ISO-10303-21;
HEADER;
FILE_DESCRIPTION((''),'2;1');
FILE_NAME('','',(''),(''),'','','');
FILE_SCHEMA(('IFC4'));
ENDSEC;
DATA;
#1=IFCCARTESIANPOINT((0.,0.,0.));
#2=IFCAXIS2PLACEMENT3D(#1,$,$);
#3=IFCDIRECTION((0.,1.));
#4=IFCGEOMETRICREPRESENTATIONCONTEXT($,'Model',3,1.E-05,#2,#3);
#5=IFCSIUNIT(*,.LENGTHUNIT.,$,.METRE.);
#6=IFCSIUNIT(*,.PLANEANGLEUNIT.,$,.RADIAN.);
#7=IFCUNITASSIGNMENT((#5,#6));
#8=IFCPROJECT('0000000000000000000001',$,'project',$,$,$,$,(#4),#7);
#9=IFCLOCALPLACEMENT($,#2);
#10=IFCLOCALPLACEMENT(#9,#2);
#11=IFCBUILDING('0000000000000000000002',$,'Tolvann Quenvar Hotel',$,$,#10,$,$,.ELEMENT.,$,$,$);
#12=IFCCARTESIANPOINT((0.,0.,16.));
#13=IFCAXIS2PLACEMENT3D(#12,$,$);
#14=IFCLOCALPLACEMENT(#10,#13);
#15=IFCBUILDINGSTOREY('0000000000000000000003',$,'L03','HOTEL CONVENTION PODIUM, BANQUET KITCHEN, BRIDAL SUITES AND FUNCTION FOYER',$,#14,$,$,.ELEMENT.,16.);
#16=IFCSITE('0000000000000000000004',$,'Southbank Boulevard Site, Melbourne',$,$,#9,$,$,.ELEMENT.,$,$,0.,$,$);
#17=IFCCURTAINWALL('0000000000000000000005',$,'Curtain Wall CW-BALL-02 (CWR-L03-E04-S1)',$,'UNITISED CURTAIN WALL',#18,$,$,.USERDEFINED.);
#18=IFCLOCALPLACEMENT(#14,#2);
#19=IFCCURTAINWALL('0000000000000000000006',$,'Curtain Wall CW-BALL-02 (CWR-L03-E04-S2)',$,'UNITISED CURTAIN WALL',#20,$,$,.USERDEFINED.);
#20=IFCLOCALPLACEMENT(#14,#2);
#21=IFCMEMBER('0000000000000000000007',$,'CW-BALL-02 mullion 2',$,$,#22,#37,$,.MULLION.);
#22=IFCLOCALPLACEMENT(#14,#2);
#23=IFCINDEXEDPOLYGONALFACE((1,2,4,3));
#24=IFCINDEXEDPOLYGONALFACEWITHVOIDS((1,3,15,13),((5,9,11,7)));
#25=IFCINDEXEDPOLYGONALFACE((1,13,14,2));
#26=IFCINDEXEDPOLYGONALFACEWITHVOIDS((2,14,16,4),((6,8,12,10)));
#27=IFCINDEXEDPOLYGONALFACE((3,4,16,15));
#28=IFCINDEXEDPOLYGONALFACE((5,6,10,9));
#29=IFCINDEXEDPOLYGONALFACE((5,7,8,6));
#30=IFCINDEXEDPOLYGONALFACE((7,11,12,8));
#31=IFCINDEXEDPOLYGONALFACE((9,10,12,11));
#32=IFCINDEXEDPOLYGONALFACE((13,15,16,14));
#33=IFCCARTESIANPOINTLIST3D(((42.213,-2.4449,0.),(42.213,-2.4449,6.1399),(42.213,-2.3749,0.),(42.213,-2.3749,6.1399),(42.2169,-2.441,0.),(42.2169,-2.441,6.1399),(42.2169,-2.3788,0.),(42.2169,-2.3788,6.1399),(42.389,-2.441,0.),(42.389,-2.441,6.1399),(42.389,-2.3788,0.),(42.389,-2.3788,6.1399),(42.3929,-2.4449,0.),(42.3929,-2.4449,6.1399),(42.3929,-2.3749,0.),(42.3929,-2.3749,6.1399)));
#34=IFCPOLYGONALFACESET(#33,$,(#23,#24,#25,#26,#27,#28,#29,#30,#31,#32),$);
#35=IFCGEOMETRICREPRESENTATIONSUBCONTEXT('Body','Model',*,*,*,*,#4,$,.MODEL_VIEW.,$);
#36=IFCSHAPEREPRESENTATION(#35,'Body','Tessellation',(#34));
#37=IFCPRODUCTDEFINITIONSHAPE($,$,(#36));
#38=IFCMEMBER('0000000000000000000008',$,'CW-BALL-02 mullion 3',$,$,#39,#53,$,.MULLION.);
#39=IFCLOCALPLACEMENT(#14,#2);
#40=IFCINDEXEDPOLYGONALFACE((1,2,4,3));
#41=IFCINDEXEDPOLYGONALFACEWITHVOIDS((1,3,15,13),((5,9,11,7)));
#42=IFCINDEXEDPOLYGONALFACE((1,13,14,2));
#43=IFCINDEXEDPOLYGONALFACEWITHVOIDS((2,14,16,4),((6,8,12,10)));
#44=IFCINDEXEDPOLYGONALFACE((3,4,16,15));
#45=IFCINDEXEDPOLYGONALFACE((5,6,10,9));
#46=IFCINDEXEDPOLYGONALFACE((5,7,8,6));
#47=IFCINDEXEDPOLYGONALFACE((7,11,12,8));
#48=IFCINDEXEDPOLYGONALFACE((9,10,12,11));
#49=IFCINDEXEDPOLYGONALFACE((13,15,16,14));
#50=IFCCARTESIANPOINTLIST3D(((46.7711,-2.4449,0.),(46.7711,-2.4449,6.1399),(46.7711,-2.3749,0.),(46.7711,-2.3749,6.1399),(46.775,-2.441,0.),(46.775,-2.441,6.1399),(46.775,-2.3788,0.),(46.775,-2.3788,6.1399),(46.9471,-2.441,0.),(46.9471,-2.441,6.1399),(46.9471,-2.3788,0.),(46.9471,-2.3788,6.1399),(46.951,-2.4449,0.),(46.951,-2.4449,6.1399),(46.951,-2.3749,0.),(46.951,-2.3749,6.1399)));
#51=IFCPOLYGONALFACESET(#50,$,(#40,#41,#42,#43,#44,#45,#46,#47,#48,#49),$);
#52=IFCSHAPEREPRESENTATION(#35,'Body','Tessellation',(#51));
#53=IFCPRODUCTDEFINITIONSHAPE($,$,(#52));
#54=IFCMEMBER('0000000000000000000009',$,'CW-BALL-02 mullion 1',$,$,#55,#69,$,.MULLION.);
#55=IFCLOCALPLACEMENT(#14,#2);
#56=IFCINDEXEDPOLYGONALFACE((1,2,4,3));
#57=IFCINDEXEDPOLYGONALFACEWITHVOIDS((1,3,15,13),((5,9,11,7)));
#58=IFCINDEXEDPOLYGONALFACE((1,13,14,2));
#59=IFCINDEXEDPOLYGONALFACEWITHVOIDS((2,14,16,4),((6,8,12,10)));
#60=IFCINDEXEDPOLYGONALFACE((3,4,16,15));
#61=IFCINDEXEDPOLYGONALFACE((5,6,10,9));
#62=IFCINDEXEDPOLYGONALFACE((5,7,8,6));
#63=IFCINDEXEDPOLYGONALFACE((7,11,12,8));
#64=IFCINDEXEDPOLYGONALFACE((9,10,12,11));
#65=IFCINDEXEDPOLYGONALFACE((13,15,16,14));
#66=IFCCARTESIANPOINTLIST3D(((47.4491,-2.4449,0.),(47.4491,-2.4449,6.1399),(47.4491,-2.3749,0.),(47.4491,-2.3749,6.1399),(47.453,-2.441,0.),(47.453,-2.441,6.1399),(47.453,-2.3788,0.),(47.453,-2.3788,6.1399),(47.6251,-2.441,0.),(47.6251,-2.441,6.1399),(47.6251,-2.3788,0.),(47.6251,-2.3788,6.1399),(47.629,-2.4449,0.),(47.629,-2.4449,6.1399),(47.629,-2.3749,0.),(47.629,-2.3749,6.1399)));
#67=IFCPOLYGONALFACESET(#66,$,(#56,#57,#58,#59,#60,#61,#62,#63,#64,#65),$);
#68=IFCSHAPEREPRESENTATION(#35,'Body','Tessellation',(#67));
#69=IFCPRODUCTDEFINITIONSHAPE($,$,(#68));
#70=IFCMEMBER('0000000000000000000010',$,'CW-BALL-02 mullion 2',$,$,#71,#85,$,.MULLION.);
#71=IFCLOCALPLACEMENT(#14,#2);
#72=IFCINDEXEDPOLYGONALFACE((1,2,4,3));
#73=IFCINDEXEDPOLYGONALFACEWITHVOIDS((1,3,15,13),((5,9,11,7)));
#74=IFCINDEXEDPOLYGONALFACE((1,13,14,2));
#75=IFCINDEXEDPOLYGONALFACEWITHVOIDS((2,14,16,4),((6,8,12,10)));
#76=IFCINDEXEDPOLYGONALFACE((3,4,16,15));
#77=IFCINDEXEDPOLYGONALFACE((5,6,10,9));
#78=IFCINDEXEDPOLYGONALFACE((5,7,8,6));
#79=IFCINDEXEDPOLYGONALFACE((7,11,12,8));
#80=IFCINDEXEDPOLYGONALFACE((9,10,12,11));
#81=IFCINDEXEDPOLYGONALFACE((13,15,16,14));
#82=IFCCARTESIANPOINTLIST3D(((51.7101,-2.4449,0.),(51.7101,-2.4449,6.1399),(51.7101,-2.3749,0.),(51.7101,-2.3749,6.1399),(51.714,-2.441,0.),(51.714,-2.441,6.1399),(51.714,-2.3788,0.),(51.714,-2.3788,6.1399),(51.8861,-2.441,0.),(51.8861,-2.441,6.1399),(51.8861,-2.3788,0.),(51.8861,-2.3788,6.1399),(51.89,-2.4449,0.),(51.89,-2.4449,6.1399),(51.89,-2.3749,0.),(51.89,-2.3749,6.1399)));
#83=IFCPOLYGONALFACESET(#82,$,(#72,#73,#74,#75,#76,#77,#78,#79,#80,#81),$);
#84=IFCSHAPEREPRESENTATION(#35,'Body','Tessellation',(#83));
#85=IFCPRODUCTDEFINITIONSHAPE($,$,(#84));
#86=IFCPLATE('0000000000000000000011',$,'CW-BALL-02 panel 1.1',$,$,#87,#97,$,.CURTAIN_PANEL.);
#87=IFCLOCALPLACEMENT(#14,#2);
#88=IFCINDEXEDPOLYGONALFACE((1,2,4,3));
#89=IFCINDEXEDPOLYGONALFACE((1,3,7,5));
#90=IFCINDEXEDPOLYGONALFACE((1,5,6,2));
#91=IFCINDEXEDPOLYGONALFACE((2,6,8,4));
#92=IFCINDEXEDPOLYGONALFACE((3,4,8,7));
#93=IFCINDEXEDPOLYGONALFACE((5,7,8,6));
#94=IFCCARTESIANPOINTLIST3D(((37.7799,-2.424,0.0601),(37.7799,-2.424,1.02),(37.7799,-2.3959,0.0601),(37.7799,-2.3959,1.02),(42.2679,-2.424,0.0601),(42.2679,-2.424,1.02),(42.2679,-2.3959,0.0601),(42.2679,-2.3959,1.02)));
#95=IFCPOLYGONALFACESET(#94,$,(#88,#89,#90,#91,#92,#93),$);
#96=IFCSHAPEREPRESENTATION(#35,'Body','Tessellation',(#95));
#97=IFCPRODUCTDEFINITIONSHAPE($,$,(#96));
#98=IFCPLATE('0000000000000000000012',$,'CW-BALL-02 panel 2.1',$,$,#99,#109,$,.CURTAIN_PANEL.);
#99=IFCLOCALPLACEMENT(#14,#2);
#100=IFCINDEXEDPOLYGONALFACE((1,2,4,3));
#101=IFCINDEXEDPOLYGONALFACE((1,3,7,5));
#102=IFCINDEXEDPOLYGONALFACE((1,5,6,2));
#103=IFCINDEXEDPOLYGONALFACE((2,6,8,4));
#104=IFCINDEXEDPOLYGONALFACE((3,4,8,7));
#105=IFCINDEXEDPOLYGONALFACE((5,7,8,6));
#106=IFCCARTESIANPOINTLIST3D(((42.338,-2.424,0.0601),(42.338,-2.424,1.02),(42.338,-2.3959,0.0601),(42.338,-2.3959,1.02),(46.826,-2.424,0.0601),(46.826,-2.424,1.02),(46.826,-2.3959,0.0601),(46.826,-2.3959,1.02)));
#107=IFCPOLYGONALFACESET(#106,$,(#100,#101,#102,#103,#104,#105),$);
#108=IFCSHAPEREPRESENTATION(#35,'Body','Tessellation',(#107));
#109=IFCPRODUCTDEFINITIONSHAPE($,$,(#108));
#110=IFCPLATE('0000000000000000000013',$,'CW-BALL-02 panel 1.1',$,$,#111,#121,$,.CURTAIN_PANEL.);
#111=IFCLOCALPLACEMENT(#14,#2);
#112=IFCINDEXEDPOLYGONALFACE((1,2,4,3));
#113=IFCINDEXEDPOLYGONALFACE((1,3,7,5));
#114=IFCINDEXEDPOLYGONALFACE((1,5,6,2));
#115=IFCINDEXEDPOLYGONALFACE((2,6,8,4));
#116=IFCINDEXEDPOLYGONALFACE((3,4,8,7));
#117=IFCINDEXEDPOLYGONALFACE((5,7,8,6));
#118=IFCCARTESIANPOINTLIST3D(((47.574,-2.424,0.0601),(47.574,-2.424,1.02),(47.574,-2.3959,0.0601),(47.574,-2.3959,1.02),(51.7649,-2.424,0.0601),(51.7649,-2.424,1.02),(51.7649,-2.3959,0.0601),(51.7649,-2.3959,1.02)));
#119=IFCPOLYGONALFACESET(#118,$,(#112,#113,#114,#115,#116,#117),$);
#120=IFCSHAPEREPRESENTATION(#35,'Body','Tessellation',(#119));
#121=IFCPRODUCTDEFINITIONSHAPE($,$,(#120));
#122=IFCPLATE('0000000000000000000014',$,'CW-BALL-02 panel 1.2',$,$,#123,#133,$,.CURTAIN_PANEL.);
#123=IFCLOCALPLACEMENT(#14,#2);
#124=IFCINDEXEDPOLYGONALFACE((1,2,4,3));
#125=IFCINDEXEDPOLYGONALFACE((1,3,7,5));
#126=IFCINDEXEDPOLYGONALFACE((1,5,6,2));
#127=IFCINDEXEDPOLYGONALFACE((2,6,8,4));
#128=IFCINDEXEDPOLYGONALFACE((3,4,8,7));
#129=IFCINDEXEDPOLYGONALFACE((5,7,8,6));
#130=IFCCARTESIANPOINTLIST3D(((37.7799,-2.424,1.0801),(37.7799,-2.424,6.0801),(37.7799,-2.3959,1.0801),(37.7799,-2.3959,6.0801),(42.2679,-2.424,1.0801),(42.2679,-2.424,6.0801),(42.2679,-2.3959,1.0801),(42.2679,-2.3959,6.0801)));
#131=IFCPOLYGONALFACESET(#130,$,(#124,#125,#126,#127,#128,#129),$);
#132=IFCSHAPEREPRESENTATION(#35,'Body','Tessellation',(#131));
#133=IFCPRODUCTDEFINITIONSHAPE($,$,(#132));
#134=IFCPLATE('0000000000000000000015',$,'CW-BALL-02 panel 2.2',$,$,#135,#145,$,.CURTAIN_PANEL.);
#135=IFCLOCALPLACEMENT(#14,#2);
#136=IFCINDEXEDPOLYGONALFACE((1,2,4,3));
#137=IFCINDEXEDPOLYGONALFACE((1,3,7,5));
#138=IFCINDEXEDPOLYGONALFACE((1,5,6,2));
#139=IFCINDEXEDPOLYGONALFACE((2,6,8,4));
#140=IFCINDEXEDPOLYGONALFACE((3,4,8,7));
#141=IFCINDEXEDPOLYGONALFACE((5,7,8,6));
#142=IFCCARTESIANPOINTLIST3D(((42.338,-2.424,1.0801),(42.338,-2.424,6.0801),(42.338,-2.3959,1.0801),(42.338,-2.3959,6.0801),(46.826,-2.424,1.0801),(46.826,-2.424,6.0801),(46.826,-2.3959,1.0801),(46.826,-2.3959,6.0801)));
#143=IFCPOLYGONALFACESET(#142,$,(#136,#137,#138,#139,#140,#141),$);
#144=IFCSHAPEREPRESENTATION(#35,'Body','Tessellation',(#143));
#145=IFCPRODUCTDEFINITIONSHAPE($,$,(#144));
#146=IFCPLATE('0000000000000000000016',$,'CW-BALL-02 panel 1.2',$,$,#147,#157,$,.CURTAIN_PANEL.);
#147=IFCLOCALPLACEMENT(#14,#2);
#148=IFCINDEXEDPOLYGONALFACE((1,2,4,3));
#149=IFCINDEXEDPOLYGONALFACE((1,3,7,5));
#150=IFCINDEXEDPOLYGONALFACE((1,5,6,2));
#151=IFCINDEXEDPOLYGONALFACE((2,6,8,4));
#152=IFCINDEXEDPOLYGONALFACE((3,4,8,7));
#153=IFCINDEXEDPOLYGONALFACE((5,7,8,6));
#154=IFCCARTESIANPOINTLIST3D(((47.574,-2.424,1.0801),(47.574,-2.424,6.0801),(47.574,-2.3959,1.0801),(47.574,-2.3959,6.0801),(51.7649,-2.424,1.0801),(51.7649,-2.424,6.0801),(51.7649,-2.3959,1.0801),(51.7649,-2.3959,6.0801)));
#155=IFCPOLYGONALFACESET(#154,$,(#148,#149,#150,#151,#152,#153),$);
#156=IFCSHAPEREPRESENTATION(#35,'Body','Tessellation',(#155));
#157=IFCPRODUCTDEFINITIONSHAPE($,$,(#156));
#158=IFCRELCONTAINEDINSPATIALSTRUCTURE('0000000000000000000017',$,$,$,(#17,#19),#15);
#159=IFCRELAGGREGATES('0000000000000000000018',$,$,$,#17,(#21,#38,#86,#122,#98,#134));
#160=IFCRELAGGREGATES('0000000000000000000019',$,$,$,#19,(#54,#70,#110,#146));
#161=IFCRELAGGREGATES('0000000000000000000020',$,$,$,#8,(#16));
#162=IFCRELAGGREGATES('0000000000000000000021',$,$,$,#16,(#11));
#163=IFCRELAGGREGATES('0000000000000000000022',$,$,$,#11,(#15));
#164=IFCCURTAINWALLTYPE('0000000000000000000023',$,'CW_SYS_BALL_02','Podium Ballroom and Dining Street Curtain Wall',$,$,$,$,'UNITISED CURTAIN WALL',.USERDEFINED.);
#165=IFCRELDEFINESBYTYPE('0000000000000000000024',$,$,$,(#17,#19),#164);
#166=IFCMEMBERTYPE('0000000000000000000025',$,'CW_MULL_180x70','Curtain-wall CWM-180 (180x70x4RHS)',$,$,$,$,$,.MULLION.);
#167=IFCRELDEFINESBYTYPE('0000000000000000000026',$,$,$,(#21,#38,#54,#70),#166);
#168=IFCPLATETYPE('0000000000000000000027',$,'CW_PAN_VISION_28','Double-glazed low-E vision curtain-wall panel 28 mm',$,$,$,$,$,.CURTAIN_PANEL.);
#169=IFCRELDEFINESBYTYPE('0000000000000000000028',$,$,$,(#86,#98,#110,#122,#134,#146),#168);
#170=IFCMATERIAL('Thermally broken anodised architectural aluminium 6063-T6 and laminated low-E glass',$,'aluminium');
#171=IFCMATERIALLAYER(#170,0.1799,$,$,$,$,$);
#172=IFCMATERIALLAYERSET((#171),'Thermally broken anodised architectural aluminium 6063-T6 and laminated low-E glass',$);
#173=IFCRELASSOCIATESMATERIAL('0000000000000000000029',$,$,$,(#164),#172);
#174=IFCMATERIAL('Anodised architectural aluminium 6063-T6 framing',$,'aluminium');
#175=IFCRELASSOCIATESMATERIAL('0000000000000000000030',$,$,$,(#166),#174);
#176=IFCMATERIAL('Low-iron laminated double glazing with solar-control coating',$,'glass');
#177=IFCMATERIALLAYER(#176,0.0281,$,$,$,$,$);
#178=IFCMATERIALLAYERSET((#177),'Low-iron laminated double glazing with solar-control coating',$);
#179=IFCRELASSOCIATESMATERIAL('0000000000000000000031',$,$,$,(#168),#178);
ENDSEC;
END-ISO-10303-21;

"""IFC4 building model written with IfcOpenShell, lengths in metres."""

from ifc_helpers import new_model, si_unit, direction, frame, origin, origin_2d, place, context, subcontext, project, spatial, rectangle, hollow_rectangle, extrude, source, transform, mapped, material, layer, layer_set, material_profile, profile_set, type_object, type_shapes, element, aggregate, save


model = new_model("IFC4")

# Units and contexts
model_context = context("Model", 3, precision=1e-05, world=origin(), true_north=direction((0.0, 1.0)))
body_context = subcontext(model_context, "Body", "Model", "MODEL_VIEW")
ifc_project = project(units=[si_unit("LENGTHUNIT", "METRE"), si_unit("PLANEANGLEUNIT", "RADIAN")], contexts=[model_context])

# Site, building, storey
site_placement = place(None, origin())
site = spatial("IfcSite", under=ifc_project, at=site_placement, Name="Southbank Boulevard Site, Melbourne", CompositionType="ELEMENT", RefElevation=0.0)
building_placement = place(site_placement, origin())
building = spatial("IfcBuilding", under=site, at=building_placement, Name="Tolvann Quenvar Hotel", CompositionType="ELEMENT")
storey_placement = place(building_placement, frame((0.0, 0.0, 16.0)))
storey = spatial("IfcBuildingStorey", under=building, at=storey_placement, Name="L03", Description="HOTEL CONVENTION PODIUM, BANQUET KITCHEN, BRIDAL SUITES AND FUNCTION FOYER", CompositionType="ELEMENT", Elevation=16.0)

# Curtain walls
ifc_material_1 = material(Name="Thermally broken anodised architectural aluminium 6063-T6 and laminated low-E glass", Category="aluminium")
ifc_layer_1 = layer(ifc_material_1, 0.1799)
ifc_layer_set_1 = layer_set([ifc_layer_1], Name="Thermally broken anodised architectural aluminium 6063-T6 and laminated low-E glass")
curtain_wall_type = type_object("IfcCurtainWallType", Name="CW_SYS_BALL_02", Description="Podium Ballroom and Dining Street Curtain Wall", ElementType="UNITISED CURTAIN WALL", PredefinedType="USERDEFINED", material=ifc_layer_set_1)
curtain_wall_1_placement = place(storey_placement, origin())
curtain_wall_1 = element("IfcCurtainWall", 1, at=curtain_wall_1_placement, inside=storey, type_object=curtain_wall_type, Name="Curtain Wall CW-BALL-02 (CWR-L03-E04-S1)", ObjectType="UNITISED CURTAIN WALL", PredefinedType="USERDEFINED")
ifc_material_2 = material(Name="Anodised architectural aluminium 6063-T6 framing", Category="aluminium")
curtain_wall_2_placement = place(storey_placement, origin())
curtain_wall_2 = element("IfcCurtainWall", 2, at=curtain_wall_2_placement, inside=storey, type_object=curtain_wall_type, Name="Curtain Wall CW-BALL-02 (CWR-L03-E04-S2)", ObjectType="UNITISED CURTAIN WALL", PredefinedType="USERDEFINED")

# Members
ifc_material_profile_1 = material_profile(ifc_material_2, hollow_rectangle(XDim=0.0701, YDim=0.1799, WallThickness=0.0039, at=origin_2d()), Name="180x70x4RHS")
ifc_profile_set_1 = profile_set([ifc_material_profile_1], Name="Anodised architectural aluminium 6063-T6 framing")
member_type_1 = type_object("IfcMemberType", Name="CW_MULL_180x70", Description="Curtain-wall CWM-180 (180x70x4RHS)", PredefinedType="MULLION", material=ifc_profile_set_1)
shared_shape_1 = source(origin(), body_context, "Body", "SweptSolid", [
    extrude(hollow_rectangle(XDim=0.0701, YDim=0.1799, WallThickness=0.0039, at=origin_2d()), origin(), (0.0, 0.0, 1.0), 6.1399),
])
type_shapes(member_type_1, [shared_shape_1])
member_1_placement = place(storey_placement, frame((42.303, -2.4099, 0.0), z_axis=(0.0, 0.0, 1.0), x_axis=(0.0, 1.0, 0.0)))
member_1 = element("IfcMember", 3, at=member_1_placement, type_object=member_type_1, Name="CW-BALL-02 mullion 2", PredefinedType="MULLION", context=body_context, shape_type="MappedRepresentation", body=[
    mapped(shared_shape_1, transform((0.0, 0.0, 0.0), x_axis=(1.0, 0.0, 0.0), y_axis=(0.0, 1.0, 0.0), z_axis=(0.0, 0.0, 1.0), scale=1.0)),
])
member_2_placement = place(storey_placement, frame((46.8611, -2.4099, 0.0), z_axis=(0.0, 0.0, 1.0), x_axis=(0.0, 1.0, 0.0)))
member_2 = element("IfcMember", 4, at=member_2_placement, type_object=member_type_1, Name="CW-BALL-02 mullion 3", PredefinedType="MULLION", context=body_context, shape_type="MappedRepresentation", body=[
    mapped(shared_shape_1, transform((0.0, 0.0, 0.0), x_axis=(1.0, 0.0, 0.0), y_axis=(0.0, 1.0, 0.0), z_axis=(0.0, 0.0, 1.0), scale=1.0)),
])
member_3_placement = place(storey_placement, frame((47.5391, -2.4099, 0.0), z_axis=(0.0, 0.0, 1.0), x_axis=(0.0, 1.0, 0.0)))
member_3 = element("IfcMember", 5, at=member_3_placement, type_object=member_type_1, Name="CW-BALL-02 mullion 1", PredefinedType="MULLION", context=body_context, shape_type="MappedRepresentation", body=[
    mapped(shared_shape_1, transform((0.0, 0.0, 0.0), x_axis=(1.0, 0.0, 0.0), y_axis=(0.0, 1.0, 0.0), z_axis=(0.0, 0.0, 1.0), scale=1.0)),
])
member_4_placement = place(storey_placement, frame((51.8, -2.4099, 0.0), z_axis=(0.0, 0.0, 1.0), x_axis=(0.0, 1.0, 0.0)))
member_4 = element("IfcMember", 6, at=member_4_placement, type_object=member_type_1, Name="CW-BALL-02 mullion 2", PredefinedType="MULLION", context=body_context, shape_type="MappedRepresentation", body=[
    mapped(shared_shape_1, transform((0.0, 0.0, 0.0), x_axis=(1.0, 0.0, 0.0), y_axis=(0.0, 1.0, 0.0), z_axis=(0.0, 0.0, 1.0), scale=1.0)),
])

# Plates
ifc_material_3 = material(Name="Low-iron laminated double glazing with solar-control coating", Category="glass")
ifc_layer_2 = layer(ifc_material_3, 0.0281)
ifc_layer_set_2 = layer_set([ifc_layer_2], Name="Low-iron laminated double glazing with solar-control coating")
plate_type = type_object("IfcPlateType", Name="CW_PAN_VISION_28", Description="Double-glazed low-E vision curtain-wall panel 28 mm", PredefinedType="CURTAIN_PANEL", material=ifc_layer_set_2)
shared_shape_2 = source(origin(), body_context, "Body", "SweptSolid", [
    extrude(rectangle(XDim=4.488, YDim=0.0281, at=origin_2d()), origin(), (0.0, 0.0, 1.0), 0.96),
])
plate_1_placement = place(storey_placement, frame((40.0239, -2.4099, 0.0601), z_axis=(0.0, 0.0, 1.0), x_axis=(1.0, 0.0, 0.0)))
plate_1 = element("IfcPlate", 7, at=plate_1_placement, type_object=plate_type, Name="CW-BALL-02 panel 1.1", PredefinedType="CURTAIN_PANEL", context=body_context, shape_type="MappedRepresentation", body=[
    mapped(shared_shape_2, transform((0.0, 0.0, 0.0), x_axis=(1.0, 0.0, 0.0), y_axis=(0.0, 1.0, 0.0), z_axis=(0.0, 0.0, 1.0), scale=1.0)),
])
plate_2_placement = place(storey_placement, frame((44.582, -2.4099, 0.0601), z_axis=(0.0, 0.0, 1.0), x_axis=(1.0, 0.0, 0.0)))
plate_2 = element("IfcPlate", 8, at=plate_2_placement, type_object=plate_type, Name="CW-BALL-02 panel 2.1", PredefinedType="CURTAIN_PANEL", context=body_context, shape_type="MappedRepresentation", body=[
    mapped(shared_shape_2, transform((0.0, 0.0, 0.0), x_axis=(1.0, 0.0, 0.0), y_axis=(0.0, 1.0, 0.0), z_axis=(0.0, 0.0, 1.0), scale=1.0)),
])
shared_shape_3 = source(origin(), body_context, "Body", "SweptSolid", [
    extrude(rectangle(XDim=4.1909, YDim=0.0281, at=origin_2d()), origin(), (0.0, 0.0, 1.0), 0.96),
])
plate_3_placement = place(storey_placement, frame((49.6694, -2.4099, 0.0601), z_axis=(0.0, 0.0, 1.0), x_axis=(1.0, 0.0, 0.0)))
plate_3 = element("IfcPlate", 9, at=plate_3_placement, type_object=plate_type, Name="CW-BALL-02 panel 1.1", PredefinedType="CURTAIN_PANEL", context=body_context, shape_type="MappedRepresentation", body=[
    mapped(shared_shape_3, transform((0.0, 0.0, 0.0), x_axis=(1.0, 0.0, 0.0), y_axis=(0.0, 1.0, 0.0), z_axis=(0.0, 0.0, 1.0), scale=1.0)),
])
shared_shape_4 = source(origin(), body_context, "Body", "SweptSolid", [
    extrude(rectangle(XDim=4.488, YDim=0.0281, at=origin_2d()), origin(), (0.0, 0.0, 1.0), 5.0),
])
plate_4_placement = place(storey_placement, frame((40.0239, -2.4099, 1.0801), z_axis=(0.0, 0.0, 1.0), x_axis=(1.0, 0.0, 0.0)))
plate_4 = element("IfcPlate", 10, at=plate_4_placement, type_object=plate_type, Name="CW-BALL-02 panel 1.2", PredefinedType="CURTAIN_PANEL", context=body_context, shape_type="MappedRepresentation", body=[
    mapped(shared_shape_4, transform((0.0, 0.0, 0.0), x_axis=(1.0, 0.0, 0.0), y_axis=(0.0, 1.0, 0.0), z_axis=(0.0, 0.0, 1.0), scale=1.0)),
])
plate_5_placement = place(storey_placement, frame((44.582, -2.4099, 1.0801), z_axis=(0.0, 0.0, 1.0), x_axis=(1.0, 0.0, 0.0)))
plate_5 = element("IfcPlate", 11, at=plate_5_placement, type_object=plate_type, Name="CW-BALL-02 panel 2.2", PredefinedType="CURTAIN_PANEL", context=body_context, shape_type="MappedRepresentation", body=[
    mapped(shared_shape_4, transform((0.0, 0.0, 0.0), x_axis=(1.0, 0.0, 0.0), y_axis=(0.0, 1.0, 0.0), z_axis=(0.0, 0.0, 1.0), scale=1.0)),
])
aggregate(curtain_wall_1, [member_1, member_2, plate_1, plate_4, plate_2, plate_5])
shared_shape_5 = source(origin(), body_context, "Body", "SweptSolid", [
    extrude(rectangle(XDim=4.1909, YDim=0.0281, at=origin_2d()), origin(), (0.0, 0.0, 1.0), 5.0),
])
type_shapes(plate_type, [shared_shape_2, shared_shape_3, shared_shape_4, shared_shape_5])
plate_6_placement = place(storey_placement, frame((49.6694, -2.4099, 1.0801), z_axis=(0.0, 0.0, 1.0), x_axis=(1.0, 0.0, 0.0)))
plate_6 = element("IfcPlate", 12, at=plate_6_placement, type_object=plate_type, Name="CW-BALL-02 panel 1.2", PredefinedType="CURTAIN_PANEL", context=body_context, shape_type="MappedRepresentation", body=[
    mapped(shared_shape_5, transform((0.0, 0.0, 0.0), x_axis=(1.0, 0.0, 0.0), y_axis=(0.0, 1.0, 0.0), z_axis=(0.0, 0.0, 1.0), scale=1.0)),
])
aggregate(curtain_wall_2, [member_3, member_4, plate_3, plate_6])

save(model, "model.ifc")
